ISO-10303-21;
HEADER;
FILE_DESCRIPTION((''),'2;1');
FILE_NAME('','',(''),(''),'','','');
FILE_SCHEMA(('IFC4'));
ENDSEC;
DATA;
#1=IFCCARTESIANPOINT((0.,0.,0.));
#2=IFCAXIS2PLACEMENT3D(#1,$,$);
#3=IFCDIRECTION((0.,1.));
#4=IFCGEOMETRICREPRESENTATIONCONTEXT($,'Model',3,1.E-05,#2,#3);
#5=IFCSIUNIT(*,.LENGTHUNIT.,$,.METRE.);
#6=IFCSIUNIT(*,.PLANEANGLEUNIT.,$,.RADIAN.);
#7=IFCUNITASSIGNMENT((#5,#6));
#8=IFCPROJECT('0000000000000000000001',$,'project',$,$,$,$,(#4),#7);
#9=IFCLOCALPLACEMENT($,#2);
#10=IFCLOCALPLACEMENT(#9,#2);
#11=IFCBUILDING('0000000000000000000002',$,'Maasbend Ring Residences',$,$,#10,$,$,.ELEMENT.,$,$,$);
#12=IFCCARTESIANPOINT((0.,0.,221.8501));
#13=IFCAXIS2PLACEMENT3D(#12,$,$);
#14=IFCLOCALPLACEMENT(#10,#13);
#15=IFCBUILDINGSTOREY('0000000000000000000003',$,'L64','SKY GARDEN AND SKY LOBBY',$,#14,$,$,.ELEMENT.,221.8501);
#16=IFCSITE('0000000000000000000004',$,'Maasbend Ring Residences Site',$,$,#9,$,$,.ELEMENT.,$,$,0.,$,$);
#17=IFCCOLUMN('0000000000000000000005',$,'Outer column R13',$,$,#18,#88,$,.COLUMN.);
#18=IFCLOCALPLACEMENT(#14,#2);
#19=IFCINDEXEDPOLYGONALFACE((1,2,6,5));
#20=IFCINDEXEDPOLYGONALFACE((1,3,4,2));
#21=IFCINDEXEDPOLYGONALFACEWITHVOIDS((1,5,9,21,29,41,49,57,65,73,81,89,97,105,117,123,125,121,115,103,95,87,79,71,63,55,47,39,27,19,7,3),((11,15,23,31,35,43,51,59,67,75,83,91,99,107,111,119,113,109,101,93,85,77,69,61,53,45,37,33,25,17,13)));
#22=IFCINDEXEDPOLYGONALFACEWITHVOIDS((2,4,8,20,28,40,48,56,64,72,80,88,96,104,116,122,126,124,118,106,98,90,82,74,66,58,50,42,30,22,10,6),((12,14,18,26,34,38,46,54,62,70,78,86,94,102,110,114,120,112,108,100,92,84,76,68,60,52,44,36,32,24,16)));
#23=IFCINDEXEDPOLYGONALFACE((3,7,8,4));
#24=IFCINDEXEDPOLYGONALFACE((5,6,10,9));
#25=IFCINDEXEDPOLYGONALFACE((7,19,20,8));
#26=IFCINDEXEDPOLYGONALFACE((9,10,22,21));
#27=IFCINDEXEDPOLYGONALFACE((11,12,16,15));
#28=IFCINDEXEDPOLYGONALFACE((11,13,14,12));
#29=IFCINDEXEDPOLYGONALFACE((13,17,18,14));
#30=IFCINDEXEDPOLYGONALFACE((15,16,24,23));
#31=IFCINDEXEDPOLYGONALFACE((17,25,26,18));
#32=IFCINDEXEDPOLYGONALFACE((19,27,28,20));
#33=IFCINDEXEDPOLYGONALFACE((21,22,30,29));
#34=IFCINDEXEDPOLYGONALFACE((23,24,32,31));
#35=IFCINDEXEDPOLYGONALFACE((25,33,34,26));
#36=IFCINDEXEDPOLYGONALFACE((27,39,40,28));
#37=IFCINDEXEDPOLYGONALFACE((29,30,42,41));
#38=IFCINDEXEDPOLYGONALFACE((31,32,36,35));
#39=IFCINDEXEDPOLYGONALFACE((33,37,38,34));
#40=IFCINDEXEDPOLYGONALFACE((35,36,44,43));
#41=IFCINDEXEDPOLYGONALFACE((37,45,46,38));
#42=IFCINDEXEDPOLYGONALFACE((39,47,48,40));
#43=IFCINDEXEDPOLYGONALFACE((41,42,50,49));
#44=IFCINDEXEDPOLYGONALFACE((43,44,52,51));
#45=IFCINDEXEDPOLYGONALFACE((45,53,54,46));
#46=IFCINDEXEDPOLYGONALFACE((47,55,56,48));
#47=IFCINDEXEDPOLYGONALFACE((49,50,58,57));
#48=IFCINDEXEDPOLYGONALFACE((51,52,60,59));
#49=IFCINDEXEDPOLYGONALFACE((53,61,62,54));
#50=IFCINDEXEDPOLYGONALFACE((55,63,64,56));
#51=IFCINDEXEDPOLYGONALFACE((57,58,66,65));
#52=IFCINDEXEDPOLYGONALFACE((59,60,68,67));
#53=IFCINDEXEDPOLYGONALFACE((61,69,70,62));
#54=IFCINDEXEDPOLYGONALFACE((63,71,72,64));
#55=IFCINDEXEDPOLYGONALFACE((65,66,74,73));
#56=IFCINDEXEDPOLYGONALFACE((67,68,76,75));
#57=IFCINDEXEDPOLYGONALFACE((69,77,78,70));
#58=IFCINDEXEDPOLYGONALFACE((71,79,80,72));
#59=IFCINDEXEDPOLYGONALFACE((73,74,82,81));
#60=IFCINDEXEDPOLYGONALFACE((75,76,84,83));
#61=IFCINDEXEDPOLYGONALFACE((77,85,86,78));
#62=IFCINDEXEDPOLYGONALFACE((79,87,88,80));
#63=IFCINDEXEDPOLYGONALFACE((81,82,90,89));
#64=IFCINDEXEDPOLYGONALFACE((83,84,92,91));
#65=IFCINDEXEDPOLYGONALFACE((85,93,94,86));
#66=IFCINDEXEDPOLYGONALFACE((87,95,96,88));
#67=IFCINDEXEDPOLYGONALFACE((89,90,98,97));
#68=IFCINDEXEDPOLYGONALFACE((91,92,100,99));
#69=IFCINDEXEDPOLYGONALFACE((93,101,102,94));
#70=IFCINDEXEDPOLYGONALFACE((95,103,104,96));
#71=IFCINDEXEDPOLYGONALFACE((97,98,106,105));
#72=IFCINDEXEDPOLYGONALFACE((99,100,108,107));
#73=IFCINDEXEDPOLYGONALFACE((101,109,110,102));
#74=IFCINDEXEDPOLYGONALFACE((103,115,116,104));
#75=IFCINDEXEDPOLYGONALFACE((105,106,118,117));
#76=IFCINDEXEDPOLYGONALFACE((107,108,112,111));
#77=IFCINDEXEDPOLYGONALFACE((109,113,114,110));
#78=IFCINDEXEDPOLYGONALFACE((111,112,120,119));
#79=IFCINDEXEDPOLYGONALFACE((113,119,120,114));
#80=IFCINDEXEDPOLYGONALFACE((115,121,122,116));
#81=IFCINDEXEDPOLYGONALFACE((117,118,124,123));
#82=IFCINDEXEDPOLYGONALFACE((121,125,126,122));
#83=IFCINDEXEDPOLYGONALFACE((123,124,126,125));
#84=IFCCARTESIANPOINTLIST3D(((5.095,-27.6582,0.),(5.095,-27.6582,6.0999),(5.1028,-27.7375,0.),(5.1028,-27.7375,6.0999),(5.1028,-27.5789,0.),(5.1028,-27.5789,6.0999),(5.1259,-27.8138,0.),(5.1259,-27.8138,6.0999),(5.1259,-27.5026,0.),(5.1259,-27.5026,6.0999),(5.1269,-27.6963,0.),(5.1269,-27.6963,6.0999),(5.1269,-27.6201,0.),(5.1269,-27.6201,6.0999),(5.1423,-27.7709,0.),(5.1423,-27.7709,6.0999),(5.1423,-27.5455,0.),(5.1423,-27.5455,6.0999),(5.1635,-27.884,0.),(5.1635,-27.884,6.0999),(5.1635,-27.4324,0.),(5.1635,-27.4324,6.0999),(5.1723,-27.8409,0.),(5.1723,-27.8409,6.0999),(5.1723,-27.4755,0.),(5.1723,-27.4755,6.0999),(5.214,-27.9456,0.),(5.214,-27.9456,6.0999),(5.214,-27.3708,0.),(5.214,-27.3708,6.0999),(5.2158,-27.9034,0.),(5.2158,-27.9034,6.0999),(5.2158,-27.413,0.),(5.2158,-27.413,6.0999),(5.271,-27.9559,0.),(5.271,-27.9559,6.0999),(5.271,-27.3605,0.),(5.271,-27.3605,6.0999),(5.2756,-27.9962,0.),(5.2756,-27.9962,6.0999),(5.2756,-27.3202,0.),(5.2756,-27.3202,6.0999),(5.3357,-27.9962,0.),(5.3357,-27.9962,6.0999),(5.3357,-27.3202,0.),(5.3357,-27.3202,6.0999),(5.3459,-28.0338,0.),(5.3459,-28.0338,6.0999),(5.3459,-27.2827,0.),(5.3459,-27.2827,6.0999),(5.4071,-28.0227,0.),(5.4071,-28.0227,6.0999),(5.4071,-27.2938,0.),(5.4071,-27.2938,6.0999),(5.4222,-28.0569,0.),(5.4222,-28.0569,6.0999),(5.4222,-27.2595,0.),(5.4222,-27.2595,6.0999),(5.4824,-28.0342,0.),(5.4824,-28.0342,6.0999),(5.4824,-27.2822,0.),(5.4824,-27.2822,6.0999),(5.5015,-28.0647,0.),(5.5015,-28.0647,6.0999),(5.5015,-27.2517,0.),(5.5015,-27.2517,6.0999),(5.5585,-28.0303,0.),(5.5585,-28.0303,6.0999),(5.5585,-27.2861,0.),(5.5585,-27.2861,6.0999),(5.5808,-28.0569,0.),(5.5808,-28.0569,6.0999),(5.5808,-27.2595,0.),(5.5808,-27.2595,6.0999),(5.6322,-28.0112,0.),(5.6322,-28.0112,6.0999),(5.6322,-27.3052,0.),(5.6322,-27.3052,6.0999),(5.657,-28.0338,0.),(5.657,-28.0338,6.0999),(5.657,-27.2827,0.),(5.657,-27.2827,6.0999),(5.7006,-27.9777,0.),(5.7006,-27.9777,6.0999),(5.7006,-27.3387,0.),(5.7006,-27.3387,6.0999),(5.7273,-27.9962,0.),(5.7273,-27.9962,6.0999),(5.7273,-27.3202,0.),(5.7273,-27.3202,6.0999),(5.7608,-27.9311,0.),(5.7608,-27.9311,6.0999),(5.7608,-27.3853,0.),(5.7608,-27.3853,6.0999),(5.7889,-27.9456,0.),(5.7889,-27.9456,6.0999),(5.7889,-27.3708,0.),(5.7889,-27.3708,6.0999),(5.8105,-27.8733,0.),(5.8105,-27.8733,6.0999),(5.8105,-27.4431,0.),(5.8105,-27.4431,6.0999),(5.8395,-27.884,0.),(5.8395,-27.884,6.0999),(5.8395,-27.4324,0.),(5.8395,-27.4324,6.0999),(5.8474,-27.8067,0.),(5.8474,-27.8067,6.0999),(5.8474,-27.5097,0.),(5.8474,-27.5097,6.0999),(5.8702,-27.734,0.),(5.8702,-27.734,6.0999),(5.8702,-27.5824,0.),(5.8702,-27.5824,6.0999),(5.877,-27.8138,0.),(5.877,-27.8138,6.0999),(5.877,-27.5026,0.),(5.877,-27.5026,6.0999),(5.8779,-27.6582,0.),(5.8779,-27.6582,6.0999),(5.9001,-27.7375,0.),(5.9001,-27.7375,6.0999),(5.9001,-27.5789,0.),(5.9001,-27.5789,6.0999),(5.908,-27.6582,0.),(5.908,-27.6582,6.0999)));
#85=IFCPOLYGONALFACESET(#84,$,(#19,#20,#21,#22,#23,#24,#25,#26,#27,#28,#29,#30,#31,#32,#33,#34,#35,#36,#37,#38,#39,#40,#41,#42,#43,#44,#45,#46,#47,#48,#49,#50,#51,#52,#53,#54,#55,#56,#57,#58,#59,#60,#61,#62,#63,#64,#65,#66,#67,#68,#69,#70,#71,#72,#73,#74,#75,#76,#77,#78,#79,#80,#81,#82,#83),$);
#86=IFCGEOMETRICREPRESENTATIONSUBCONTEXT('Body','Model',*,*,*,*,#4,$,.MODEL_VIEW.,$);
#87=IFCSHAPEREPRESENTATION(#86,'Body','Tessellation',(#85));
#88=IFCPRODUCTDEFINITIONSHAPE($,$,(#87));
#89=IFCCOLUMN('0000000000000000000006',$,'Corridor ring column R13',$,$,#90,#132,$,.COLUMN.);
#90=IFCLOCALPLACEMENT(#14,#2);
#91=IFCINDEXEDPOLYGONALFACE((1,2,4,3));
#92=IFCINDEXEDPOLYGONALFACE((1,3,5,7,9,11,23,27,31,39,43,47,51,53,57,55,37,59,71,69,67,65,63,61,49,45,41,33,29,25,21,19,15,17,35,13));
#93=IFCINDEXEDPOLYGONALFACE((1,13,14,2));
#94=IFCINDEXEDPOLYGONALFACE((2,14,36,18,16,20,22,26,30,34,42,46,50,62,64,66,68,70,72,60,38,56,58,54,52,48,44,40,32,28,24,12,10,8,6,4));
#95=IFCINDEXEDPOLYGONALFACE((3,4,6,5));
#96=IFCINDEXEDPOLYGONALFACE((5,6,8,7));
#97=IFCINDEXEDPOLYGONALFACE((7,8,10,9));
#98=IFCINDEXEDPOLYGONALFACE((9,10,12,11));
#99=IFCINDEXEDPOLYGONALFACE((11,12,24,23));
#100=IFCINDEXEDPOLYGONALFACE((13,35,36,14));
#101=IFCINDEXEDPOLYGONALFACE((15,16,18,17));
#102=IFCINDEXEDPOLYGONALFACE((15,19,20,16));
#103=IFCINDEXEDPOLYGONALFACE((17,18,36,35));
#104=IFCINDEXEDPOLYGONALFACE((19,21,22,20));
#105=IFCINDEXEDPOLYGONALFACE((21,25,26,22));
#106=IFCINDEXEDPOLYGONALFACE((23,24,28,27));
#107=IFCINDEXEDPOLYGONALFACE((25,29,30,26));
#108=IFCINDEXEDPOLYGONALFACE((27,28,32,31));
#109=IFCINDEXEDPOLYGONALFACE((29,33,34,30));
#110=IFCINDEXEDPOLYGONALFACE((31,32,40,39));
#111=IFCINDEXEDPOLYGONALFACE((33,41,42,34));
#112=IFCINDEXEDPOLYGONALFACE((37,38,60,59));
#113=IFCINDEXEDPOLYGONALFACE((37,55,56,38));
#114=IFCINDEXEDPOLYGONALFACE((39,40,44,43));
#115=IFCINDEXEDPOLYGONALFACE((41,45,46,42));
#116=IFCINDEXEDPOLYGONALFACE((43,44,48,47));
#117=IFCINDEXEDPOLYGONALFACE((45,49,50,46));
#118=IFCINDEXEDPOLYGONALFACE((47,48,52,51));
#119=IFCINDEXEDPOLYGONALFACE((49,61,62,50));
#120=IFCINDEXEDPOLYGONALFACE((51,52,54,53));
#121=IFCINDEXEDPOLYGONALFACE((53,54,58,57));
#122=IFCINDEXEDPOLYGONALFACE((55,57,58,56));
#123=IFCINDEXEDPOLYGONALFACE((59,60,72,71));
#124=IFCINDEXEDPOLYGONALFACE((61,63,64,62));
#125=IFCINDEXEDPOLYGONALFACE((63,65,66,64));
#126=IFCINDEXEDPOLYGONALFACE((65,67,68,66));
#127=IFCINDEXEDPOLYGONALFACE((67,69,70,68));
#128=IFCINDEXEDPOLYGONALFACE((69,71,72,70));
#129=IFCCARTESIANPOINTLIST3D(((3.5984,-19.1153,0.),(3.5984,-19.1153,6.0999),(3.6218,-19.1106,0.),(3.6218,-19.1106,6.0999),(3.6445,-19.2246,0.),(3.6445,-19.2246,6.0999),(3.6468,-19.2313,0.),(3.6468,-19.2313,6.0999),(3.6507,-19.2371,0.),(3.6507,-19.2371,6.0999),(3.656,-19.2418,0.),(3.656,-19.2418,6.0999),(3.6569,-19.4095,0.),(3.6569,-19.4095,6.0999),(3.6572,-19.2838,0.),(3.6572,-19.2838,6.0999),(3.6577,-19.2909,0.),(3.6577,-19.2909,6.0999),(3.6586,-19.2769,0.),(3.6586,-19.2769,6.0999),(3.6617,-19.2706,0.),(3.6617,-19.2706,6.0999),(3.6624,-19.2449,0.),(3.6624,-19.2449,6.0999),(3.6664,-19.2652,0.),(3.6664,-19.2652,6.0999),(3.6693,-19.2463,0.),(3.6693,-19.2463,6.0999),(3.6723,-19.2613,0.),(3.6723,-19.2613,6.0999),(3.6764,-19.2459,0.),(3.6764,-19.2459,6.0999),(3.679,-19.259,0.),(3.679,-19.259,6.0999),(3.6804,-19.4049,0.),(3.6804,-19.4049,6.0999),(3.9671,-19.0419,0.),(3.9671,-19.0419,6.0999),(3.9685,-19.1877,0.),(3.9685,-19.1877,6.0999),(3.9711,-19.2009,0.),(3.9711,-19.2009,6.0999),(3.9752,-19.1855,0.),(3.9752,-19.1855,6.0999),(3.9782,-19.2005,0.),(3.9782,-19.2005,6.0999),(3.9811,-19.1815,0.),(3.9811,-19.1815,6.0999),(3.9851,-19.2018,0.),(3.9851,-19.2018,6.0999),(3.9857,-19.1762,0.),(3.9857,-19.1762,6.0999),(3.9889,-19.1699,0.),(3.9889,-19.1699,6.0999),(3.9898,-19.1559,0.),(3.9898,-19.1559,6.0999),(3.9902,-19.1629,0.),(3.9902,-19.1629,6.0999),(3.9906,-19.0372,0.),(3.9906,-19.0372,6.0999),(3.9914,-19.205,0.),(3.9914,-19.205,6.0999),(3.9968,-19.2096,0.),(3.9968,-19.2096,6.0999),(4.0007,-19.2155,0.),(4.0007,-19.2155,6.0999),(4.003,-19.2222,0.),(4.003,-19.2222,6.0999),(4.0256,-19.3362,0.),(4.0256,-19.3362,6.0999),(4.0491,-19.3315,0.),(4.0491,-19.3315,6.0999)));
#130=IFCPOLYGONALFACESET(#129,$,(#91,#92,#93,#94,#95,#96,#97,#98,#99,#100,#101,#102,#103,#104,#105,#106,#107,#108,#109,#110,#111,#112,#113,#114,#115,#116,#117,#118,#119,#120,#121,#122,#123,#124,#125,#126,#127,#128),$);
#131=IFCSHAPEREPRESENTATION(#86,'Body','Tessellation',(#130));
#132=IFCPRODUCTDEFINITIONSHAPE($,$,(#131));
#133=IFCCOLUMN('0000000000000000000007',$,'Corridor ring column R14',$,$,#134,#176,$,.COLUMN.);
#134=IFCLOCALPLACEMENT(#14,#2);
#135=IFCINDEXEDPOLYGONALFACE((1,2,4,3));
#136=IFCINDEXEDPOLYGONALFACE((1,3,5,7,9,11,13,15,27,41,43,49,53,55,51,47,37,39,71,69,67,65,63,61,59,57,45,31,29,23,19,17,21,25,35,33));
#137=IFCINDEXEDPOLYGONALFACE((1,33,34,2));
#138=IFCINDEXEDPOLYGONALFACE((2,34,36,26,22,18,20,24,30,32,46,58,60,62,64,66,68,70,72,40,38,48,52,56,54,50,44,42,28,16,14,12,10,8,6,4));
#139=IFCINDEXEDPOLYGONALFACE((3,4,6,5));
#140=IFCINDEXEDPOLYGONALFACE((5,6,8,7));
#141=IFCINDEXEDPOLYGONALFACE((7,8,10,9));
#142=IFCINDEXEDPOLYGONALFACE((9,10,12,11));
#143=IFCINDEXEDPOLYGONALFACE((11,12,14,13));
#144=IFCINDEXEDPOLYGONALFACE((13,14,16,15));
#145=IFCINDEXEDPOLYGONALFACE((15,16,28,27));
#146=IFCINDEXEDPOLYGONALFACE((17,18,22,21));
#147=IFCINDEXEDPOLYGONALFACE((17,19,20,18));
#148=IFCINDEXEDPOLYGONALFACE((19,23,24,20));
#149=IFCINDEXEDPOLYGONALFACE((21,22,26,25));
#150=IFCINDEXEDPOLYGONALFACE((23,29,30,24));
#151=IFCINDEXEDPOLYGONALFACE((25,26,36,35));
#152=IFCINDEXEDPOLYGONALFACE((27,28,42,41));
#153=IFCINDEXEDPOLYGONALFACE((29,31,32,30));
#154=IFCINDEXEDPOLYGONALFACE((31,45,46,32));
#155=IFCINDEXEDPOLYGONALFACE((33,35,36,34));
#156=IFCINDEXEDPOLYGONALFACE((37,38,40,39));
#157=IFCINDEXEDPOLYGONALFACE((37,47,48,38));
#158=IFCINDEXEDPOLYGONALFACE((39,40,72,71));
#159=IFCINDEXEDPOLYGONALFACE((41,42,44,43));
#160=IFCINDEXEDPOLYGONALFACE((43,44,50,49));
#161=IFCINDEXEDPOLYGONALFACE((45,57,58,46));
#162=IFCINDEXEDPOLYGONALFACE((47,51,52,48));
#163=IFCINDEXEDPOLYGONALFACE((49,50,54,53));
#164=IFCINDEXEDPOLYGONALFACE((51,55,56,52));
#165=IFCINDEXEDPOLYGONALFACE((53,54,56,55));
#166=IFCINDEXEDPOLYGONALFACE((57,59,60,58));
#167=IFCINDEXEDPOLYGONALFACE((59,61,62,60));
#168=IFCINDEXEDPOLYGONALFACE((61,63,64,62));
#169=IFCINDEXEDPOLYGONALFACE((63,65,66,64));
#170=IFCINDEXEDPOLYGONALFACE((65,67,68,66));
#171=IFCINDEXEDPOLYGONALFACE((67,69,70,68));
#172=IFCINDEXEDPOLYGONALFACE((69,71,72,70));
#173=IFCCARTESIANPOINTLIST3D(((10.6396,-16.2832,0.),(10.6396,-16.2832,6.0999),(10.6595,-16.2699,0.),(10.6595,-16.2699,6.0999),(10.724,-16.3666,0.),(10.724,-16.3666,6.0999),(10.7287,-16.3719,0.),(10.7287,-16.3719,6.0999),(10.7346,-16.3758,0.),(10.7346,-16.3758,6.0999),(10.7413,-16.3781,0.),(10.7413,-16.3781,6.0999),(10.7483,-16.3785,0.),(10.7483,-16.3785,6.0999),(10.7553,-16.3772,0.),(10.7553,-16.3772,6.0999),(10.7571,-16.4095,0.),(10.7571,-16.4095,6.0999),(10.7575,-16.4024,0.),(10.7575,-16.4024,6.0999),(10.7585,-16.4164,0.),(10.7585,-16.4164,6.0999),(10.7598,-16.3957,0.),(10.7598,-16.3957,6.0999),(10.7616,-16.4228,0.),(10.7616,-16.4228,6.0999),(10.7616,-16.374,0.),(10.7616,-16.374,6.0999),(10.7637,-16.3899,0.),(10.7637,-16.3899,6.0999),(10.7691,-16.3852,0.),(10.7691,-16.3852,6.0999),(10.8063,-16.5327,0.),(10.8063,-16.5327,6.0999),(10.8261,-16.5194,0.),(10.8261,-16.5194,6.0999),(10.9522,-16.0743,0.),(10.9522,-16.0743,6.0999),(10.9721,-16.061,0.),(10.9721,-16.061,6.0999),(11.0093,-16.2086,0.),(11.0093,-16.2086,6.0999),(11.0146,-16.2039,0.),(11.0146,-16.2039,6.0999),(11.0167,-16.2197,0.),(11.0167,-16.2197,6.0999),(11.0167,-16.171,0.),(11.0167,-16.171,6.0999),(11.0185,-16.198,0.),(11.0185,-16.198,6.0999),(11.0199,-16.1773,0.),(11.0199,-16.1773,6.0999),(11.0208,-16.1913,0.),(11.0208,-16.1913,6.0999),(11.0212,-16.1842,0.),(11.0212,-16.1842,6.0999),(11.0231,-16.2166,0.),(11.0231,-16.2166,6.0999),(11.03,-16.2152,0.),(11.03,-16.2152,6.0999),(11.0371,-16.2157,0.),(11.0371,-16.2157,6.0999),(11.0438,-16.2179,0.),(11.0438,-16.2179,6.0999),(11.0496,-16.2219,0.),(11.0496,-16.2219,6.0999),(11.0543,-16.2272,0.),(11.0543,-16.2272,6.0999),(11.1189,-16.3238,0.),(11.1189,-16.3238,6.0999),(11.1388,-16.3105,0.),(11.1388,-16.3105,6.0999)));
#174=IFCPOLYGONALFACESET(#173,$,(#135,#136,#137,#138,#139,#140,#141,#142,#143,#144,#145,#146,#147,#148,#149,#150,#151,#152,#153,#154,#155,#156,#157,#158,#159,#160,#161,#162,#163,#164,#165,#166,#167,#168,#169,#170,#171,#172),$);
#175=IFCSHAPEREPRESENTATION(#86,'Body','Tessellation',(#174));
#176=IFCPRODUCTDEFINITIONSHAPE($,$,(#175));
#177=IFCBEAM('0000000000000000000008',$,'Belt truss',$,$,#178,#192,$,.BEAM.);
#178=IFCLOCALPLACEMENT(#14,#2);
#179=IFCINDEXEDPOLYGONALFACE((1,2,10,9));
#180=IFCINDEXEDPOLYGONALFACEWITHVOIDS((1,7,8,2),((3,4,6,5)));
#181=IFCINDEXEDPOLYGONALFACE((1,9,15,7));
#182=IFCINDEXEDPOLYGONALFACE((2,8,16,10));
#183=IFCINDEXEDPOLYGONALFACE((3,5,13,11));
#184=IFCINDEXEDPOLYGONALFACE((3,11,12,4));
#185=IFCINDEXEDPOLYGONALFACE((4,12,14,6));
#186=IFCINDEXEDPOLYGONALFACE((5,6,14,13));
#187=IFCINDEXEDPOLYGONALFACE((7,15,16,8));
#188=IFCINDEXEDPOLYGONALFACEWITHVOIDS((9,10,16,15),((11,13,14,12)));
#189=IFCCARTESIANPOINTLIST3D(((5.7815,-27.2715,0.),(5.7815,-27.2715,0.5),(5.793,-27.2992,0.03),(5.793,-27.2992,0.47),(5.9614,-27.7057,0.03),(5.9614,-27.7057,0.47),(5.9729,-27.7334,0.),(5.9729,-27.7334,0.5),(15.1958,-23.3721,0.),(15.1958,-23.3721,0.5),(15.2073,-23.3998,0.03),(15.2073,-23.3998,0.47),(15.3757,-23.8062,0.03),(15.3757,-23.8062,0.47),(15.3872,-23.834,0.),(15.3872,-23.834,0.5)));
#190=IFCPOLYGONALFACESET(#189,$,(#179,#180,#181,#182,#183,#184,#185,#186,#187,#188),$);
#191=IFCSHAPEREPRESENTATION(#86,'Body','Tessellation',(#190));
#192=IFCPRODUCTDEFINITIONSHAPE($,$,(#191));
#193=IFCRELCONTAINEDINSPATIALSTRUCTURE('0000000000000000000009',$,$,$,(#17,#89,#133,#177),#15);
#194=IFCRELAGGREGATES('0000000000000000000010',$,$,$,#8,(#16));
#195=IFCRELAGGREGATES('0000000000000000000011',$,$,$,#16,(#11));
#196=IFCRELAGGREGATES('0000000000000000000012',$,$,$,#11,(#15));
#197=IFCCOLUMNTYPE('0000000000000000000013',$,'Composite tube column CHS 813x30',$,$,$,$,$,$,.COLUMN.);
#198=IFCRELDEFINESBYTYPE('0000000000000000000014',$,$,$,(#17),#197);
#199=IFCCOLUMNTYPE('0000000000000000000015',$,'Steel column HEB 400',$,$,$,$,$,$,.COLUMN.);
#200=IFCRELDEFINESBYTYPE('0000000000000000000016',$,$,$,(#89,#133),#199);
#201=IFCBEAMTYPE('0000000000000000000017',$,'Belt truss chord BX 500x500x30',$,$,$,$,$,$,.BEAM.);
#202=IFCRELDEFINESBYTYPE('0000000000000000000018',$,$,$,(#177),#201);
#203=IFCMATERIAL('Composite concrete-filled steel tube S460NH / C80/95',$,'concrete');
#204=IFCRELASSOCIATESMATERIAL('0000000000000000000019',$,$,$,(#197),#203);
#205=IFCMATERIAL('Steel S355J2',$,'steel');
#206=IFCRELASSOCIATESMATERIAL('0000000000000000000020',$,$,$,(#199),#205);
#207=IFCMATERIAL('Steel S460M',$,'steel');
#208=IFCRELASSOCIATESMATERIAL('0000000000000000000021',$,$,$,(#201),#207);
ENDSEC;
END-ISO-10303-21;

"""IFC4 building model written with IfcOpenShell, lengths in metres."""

from ifc_helpers import new_model, si_unit, direction, frame, origin, origin_2d, place, context, subcontext, project, spatial, hollow_rectangle, hollow_circle, i_section, extrude, material, material_profile, profile_set, type_object, element, save


model = new_model("IFC4")

# Units and contexts
model_context = context("Model", 3, precision=1e-05, world=origin(), true_north=direction((0.0, 1.0)))
body_context = subcontext(model_context, "Body", "Model", "MODEL_VIEW")
ifc_project = project(units=[si_unit("LENGTHUNIT", "METRE"), si_unit("PLANEANGLEUNIT", "RADIAN")], contexts=[model_context])

# Site, building, storey
site_placement = place(None, origin())
site = spatial("IfcSite", under=ifc_project, at=site_placement, Name="Maasbend Ring Residences Site", CompositionType="ELEMENT", RefElevation=0.0)
building_placement = place(site_placement, origin())
building = spatial("IfcBuilding", under=site, at=building_placement, Name="Maasbend Ring Residences", CompositionType="ELEMENT")
storey_placement = place(building_placement, frame((0.0, 0.0, 221.8501)))
storey = spatial("IfcBuildingStorey", under=building, at=storey_placement, Name="L64", Description="SKY GARDEN AND SKY LOBBY", CompositionType="ELEMENT", Elevation=221.8501)

# Columns
ifc_material_1 = material(Name="Composite concrete-filled steel tube S460NH / C80/95", Category="concrete")
ifc_material_profile_1 = material_profile(ifc_material_1, hollow_circle(Radius=0.4065, WallThickness=0.03, at=origin_2d()), Name="Composite tube column CHS 813x30")
ifc_profile_set_1 = profile_set([ifc_material_profile_1], Name="Composite concrete-filled steel tube S460NH / C80/95")
column_type_1 = type_object("IfcColumnType", Name="Composite tube column CHS 813x30", PredefinedType="COLUMN", material=ifc_profile_set_1)
column_placement = place(storey_placement, frame((5.5015, -27.6582, 0.0), z_axis=(0.0, 0.0, 1.0), x_axis=(1.0, 0.0, 0.0)))
element("IfcColumn", 1, at=column_placement, inside=storey, type_object=column_type_1, Name="Outer column R13", PredefinedType="COLUMN", context=body_context, shape_type="SweptSolid", body=[
    extrude(hollow_circle(Radius=0.4065, WallThickness=0.03, at=origin_2d()), origin(), (0.0, 0.0, 1.0), 6.0999),
])
ifc_material_2 = material(Name="Steel S355J2", Category="steel")
ifc_material_profile_2 = material_profile(ifc_material_2, i_section(OverallWidth=0.3, OverallDepth=0.3999, WebThickness=0.0134, FlangeThickness=0.0239, FilletRadius=0.0271, at=origin_2d()), Name="HEB 400")
ifc_profile_set_2 = profile_set([ifc_material_profile_2], Name="Steel S355J2")
column_type_2 = type_object("IfcColumnType", Name="Steel column HEB 400", PredefinedType="COLUMN", material=ifc_profile_set_2)
for number, where, z_axis, x_axis, name in (
    (2, (3.8237, -19.2234, 0.0), (0.0, 0.0, 1.0), (0.19509, -0.980785, 0.0), "Corridor ring column R13"),
    (3, (10.8892, -16.2969, 0.0), (0.0, 0.0, 1.0), (0.55557, -0.83147, 0.0), "Corridor ring column R14"),
):
    element("IfcColumn", number, at=place(storey_placement, frame(where, z_axis=z_axis, x_axis=x_axis)), inside=storey, type_object=column_type_2, Name=name, PredefinedType="COLUMN", context=body_context, shape_type="SweptSolid", body=[
        extrude(i_section(OverallWidth=0.3, OverallDepth=0.3999, WebThickness=0.0134, FlangeThickness=0.0239, FilletRadius=0.0271, at=origin_2d()), origin(), (0.0, 0.0, 1.0), 6.0999),
    ])

# Beam
ifc_material_3 = material(Name="Steel S460M", Category="steel")
ifc_material_profile_3 = material_profile(ifc_material_3, hollow_rectangle(XDim=0.5, YDim=0.5, WallThickness=0.03, at=origin_2d()), Name="Belt truss chord BX 500x500x30")
ifc_profile_set_3 = profile_set([ifc_material_profile_3], Name="Steel S460M")
beam_type_1 = type_object("IfcBeamType", Name="Belt truss chord BX 500x500x30", PredefinedType="BEAM", material=ifc_profile_set_3)
for number, where, z_axis, x_axis, name in (
    (4, (5.8772, -27.5024, 0.25), (0.923884, 0.382673, 0.0), (-0.382673, 0.923884, 0.0), "Belt truss"),
):
    element("IfcBeam", number, at=place(storey_placement, frame(where, z_axis=z_axis, x_axis=x_axis)), inside=storey, type_object=beam_type_1, Name=name, PredefinedType="BEAM", context=body_context, shape_type="SweptSolid", body=[
        extrude(hollow_rectangle(XDim=0.5, YDim=0.5, WallThickness=0.03, at=origin_2d()), origin(), (0.0, 0.0, 1.0), 10.1899),
    ])

save(model, "model.ifc")
